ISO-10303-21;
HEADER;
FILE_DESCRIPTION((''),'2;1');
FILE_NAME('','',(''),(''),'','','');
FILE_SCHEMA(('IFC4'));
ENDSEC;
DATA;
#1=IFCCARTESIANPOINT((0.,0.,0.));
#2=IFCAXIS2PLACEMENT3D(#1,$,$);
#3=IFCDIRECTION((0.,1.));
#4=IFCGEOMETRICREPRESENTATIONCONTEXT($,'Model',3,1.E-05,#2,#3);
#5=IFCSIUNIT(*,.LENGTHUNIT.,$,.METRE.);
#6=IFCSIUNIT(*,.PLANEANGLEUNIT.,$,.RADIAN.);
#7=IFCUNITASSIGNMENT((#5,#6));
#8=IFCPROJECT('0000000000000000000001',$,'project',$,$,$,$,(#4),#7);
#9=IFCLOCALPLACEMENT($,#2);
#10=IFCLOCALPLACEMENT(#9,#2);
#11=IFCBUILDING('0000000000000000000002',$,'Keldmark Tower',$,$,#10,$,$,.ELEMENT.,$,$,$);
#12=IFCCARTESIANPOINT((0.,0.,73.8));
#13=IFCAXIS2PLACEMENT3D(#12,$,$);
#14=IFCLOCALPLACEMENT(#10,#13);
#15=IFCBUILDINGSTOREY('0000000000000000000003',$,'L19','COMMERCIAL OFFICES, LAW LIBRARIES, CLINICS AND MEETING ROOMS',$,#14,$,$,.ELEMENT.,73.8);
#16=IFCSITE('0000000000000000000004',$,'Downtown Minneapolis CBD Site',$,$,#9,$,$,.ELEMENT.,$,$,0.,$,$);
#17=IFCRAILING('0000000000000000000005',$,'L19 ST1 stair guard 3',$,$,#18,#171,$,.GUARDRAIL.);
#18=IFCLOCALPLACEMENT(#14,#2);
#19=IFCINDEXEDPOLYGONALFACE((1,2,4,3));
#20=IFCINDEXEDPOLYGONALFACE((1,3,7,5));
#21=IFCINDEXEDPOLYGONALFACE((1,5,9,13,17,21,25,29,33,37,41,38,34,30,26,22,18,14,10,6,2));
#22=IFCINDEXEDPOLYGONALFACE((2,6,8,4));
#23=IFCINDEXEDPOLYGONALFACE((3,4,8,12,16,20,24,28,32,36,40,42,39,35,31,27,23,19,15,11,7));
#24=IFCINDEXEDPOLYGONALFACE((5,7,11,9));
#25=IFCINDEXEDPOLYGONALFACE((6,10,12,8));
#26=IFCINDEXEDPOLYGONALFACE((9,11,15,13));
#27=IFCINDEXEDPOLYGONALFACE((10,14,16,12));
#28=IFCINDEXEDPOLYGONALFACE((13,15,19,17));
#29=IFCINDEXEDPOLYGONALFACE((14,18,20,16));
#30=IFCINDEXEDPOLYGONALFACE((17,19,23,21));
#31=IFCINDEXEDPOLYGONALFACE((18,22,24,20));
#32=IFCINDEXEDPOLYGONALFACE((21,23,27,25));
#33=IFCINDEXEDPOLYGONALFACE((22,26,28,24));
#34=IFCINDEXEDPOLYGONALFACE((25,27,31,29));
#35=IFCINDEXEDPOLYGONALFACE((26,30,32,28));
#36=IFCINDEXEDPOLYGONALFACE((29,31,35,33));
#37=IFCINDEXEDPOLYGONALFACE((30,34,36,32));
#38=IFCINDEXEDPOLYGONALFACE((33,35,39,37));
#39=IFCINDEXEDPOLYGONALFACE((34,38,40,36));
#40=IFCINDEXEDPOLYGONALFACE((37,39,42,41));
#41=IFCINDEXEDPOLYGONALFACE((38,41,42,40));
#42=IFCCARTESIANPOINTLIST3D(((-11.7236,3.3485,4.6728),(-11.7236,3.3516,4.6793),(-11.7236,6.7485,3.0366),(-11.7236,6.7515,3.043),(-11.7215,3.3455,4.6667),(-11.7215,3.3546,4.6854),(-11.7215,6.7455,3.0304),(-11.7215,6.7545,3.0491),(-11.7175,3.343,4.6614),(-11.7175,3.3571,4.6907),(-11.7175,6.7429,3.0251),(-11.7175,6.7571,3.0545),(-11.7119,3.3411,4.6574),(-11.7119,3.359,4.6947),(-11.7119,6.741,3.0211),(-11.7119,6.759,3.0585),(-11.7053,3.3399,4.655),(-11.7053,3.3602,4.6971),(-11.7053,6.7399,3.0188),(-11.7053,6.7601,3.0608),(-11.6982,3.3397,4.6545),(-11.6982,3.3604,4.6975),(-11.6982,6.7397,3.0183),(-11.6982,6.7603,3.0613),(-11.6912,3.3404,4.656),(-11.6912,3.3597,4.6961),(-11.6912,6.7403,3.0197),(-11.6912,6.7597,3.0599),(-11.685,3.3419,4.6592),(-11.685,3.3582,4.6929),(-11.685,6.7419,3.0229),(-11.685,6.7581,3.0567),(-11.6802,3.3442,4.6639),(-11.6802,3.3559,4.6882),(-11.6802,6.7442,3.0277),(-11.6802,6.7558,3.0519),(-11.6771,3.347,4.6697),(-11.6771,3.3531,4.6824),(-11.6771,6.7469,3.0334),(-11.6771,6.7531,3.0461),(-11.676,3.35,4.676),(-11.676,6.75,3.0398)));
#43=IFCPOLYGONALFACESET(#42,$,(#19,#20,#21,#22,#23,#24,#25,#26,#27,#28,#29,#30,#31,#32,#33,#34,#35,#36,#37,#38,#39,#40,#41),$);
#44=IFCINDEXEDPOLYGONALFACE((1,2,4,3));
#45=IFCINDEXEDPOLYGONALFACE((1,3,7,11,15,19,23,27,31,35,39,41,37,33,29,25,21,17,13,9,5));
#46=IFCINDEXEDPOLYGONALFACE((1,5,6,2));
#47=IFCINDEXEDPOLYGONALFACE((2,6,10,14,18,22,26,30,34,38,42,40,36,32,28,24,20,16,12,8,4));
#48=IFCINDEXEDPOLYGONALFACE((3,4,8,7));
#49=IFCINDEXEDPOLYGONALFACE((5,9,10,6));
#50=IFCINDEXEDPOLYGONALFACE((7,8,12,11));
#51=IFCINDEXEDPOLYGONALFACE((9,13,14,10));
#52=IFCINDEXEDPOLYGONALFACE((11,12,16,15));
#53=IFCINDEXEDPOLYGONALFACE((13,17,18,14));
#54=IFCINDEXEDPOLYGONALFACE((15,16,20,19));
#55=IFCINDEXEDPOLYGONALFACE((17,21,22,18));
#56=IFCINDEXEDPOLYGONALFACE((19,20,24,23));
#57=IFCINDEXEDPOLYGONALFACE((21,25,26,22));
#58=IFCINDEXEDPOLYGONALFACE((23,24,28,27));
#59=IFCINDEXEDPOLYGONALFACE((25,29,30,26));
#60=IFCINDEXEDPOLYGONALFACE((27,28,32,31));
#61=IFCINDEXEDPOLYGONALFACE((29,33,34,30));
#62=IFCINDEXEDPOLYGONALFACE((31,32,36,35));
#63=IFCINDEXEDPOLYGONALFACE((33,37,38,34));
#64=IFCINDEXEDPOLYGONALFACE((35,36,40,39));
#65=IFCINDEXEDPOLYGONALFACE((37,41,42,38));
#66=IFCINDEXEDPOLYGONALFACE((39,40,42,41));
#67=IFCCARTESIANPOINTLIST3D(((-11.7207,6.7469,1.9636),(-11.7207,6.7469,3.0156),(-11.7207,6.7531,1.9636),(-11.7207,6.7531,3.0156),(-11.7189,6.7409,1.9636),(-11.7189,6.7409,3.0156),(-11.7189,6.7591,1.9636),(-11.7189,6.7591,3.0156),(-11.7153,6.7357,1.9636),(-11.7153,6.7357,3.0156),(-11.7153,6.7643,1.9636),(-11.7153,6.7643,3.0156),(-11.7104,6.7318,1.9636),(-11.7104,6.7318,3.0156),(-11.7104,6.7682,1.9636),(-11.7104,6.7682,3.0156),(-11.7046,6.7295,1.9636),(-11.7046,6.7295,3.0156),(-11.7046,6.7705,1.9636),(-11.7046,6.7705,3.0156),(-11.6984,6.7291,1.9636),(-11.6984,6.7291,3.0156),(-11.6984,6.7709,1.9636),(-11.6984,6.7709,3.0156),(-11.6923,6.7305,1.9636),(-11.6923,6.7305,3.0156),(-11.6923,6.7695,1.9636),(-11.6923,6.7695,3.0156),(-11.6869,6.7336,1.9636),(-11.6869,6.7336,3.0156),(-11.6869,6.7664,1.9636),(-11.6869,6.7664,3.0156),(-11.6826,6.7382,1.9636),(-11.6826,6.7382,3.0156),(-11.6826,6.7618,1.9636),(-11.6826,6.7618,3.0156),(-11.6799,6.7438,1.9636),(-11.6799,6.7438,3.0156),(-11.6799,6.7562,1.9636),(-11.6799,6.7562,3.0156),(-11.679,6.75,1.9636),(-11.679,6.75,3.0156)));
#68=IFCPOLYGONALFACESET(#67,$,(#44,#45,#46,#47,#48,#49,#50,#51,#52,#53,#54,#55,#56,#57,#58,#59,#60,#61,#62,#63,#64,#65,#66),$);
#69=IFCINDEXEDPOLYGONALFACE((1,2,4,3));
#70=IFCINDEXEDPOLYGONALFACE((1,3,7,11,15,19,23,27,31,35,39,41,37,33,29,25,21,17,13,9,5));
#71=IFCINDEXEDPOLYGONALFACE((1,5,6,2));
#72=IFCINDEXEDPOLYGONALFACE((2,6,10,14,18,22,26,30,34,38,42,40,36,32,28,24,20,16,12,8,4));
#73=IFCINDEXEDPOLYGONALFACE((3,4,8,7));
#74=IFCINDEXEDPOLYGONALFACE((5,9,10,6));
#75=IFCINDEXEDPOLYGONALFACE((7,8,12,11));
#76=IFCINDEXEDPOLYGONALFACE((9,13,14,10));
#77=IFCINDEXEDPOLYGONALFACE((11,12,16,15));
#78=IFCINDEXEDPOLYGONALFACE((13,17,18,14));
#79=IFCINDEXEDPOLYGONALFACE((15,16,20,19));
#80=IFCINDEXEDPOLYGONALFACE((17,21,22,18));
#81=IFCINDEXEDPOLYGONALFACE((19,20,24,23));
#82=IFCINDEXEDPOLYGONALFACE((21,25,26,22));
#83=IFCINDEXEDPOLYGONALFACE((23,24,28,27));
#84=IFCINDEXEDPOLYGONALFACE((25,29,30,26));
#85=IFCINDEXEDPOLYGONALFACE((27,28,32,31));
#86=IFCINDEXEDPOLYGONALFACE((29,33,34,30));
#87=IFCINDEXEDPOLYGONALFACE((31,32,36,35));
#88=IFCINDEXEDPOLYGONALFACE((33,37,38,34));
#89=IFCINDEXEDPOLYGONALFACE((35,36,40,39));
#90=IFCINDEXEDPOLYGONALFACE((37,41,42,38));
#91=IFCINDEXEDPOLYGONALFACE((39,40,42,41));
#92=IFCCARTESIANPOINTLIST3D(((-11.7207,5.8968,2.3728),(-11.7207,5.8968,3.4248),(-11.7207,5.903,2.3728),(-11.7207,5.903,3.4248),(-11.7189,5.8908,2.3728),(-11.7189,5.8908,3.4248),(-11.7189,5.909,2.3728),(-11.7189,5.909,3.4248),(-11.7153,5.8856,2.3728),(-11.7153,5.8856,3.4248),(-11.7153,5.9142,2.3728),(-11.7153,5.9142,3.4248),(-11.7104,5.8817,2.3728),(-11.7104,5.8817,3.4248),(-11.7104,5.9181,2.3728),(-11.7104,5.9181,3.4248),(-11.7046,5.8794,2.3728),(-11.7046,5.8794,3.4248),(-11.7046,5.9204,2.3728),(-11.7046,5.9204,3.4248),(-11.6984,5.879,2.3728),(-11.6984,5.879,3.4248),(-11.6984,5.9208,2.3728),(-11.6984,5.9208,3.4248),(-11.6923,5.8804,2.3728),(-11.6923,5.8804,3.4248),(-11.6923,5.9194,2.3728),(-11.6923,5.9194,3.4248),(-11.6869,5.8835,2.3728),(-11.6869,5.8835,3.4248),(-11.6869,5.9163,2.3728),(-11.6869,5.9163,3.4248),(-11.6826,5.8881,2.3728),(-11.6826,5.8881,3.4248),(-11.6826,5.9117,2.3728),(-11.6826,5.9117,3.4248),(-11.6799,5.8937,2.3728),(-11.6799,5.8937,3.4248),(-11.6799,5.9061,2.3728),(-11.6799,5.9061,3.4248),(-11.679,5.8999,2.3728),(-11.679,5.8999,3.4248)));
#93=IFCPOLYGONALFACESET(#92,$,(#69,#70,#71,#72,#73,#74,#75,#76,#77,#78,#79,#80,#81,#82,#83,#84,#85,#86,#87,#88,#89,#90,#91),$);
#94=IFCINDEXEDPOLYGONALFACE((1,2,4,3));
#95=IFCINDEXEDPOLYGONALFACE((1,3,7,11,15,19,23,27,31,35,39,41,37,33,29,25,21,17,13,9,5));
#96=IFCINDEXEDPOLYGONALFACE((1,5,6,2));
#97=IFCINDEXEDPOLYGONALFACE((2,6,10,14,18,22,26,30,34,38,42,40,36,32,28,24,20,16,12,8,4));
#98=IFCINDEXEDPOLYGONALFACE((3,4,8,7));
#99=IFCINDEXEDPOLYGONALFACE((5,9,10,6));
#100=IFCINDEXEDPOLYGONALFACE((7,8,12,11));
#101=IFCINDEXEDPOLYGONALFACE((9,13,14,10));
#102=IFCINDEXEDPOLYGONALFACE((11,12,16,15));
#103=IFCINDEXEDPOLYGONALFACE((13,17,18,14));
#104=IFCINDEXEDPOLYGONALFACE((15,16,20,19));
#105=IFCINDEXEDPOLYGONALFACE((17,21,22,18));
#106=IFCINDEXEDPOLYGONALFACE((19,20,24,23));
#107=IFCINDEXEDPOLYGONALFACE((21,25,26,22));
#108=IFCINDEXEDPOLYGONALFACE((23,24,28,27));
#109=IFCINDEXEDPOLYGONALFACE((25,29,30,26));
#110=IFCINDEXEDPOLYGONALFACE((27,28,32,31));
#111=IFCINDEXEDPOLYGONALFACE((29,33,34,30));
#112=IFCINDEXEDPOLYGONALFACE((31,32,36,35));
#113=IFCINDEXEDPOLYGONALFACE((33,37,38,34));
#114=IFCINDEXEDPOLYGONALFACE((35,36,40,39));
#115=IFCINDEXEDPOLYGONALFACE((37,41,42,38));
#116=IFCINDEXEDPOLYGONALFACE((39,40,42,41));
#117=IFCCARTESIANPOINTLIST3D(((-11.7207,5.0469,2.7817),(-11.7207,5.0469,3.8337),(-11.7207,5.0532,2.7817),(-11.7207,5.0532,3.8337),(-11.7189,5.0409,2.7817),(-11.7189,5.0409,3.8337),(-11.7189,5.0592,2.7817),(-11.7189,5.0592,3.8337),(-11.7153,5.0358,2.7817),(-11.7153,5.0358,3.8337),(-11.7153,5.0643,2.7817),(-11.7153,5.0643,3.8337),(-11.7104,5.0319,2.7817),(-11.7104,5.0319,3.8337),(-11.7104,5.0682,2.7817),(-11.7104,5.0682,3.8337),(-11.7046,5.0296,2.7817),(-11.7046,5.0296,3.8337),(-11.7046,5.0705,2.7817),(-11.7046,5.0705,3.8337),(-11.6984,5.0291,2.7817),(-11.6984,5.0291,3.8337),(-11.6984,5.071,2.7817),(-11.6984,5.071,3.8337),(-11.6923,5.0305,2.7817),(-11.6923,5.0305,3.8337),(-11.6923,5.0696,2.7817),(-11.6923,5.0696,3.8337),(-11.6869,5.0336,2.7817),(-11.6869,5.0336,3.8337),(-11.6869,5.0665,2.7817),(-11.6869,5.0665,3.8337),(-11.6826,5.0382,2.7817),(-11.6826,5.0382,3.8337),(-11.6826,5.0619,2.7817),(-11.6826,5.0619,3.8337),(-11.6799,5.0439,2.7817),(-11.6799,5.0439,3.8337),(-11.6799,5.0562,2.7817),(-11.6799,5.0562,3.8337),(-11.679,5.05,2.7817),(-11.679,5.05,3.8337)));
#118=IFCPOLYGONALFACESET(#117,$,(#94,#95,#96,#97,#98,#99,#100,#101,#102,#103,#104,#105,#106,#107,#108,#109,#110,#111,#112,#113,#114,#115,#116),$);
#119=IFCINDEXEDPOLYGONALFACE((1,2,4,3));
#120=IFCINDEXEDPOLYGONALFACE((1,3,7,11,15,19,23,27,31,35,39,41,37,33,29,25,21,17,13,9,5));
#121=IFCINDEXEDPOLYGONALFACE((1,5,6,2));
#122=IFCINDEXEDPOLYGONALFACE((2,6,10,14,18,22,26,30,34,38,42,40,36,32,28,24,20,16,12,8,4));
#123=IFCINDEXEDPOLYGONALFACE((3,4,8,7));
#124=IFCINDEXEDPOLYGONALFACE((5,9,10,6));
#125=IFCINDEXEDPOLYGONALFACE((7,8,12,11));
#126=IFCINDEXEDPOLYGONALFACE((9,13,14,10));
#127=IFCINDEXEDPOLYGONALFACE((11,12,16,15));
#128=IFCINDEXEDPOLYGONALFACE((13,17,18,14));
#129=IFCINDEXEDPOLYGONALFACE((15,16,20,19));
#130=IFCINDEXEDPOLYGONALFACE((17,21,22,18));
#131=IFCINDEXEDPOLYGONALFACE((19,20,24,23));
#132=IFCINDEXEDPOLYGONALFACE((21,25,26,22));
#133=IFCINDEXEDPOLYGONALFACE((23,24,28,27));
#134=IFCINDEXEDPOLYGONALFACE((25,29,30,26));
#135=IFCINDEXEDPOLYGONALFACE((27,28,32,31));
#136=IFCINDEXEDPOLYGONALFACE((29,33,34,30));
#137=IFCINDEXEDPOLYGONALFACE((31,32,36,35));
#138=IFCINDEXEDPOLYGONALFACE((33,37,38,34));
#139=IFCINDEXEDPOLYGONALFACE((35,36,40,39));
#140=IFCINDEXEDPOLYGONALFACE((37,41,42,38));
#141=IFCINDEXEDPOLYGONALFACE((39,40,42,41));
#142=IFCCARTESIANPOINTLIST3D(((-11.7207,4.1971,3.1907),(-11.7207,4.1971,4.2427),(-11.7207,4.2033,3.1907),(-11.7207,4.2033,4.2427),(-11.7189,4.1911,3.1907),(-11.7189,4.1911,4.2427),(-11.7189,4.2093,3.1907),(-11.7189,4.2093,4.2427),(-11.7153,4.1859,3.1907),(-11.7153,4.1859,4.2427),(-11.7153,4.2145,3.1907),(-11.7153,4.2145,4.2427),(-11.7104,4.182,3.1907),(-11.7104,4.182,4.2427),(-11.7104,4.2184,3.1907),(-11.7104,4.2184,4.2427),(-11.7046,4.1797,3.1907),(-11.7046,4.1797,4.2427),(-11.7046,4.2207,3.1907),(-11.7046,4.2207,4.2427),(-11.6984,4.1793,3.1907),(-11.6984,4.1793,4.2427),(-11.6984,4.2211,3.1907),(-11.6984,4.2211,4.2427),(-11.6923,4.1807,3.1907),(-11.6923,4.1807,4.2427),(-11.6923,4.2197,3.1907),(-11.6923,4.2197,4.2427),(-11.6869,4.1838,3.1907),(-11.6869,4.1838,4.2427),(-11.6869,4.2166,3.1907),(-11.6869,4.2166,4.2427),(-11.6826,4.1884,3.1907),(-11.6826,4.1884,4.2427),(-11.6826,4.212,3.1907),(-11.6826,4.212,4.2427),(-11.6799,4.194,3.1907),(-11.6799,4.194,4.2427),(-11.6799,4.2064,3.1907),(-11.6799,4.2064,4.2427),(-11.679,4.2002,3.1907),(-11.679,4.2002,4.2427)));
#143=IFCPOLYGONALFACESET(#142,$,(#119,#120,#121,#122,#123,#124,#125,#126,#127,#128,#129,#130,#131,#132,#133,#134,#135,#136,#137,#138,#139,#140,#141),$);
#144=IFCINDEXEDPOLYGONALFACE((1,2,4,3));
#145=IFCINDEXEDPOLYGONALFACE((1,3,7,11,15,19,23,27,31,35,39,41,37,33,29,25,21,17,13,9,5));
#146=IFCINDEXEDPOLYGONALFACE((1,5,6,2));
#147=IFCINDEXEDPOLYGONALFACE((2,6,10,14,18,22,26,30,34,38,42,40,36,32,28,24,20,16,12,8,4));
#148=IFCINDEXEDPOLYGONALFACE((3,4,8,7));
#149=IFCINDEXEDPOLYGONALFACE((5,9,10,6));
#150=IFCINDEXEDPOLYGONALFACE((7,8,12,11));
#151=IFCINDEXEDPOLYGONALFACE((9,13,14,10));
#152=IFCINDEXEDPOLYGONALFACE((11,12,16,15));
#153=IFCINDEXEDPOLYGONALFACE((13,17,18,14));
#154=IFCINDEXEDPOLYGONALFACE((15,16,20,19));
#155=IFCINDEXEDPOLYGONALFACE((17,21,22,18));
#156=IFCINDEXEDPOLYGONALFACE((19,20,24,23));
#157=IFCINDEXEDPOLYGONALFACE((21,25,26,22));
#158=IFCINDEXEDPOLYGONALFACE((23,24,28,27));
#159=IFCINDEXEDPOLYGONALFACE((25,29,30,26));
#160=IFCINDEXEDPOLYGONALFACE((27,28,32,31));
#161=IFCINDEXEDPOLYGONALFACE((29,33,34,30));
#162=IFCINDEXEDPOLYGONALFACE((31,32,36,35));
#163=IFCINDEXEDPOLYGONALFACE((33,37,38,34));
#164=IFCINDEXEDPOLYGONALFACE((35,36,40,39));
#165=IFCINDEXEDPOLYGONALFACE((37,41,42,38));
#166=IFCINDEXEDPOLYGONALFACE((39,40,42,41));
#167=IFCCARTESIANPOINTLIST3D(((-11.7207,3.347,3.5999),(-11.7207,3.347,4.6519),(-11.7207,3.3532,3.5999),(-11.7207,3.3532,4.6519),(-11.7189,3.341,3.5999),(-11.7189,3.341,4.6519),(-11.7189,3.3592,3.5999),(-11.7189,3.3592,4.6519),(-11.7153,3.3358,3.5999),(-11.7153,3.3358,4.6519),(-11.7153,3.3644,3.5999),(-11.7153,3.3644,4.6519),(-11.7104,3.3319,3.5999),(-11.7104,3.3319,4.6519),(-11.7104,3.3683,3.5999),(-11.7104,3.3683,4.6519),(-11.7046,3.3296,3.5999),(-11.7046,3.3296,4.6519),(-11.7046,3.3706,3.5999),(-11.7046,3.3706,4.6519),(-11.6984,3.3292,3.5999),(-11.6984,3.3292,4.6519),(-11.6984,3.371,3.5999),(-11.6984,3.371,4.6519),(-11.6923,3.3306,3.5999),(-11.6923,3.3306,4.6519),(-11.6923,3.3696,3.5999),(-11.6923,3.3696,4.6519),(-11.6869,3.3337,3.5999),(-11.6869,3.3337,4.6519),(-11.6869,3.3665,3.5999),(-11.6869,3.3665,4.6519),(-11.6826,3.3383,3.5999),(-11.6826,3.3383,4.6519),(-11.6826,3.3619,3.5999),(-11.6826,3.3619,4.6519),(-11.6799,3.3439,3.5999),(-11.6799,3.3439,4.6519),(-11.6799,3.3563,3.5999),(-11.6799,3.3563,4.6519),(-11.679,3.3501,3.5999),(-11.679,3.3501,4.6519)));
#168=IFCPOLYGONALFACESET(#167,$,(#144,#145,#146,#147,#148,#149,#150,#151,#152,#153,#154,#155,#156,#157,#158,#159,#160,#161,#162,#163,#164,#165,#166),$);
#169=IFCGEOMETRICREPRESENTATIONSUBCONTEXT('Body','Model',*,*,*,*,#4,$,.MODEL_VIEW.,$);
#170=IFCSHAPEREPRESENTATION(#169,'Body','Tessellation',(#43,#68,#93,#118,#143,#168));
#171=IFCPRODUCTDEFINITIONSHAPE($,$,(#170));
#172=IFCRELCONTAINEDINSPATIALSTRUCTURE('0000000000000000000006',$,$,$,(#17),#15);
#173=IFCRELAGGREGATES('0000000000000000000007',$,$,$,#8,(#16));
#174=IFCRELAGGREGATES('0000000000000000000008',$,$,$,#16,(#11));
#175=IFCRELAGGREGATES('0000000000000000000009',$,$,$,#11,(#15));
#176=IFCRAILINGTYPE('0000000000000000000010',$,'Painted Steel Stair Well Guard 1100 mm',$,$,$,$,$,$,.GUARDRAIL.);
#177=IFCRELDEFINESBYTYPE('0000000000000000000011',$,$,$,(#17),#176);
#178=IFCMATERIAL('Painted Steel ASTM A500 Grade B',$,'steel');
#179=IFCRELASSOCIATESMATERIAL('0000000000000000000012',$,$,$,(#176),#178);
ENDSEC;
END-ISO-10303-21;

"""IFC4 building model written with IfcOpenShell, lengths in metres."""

from ifc_helpers import new_model, si_unit, direction, frame, origin, origin_2d, place, context, subcontext, project, spatial, circle, extrude, material, type_object, element, save


model = new_model("IFC4")

# Units and contexts
model_context = context("Model", 3, precision=1e-05, world=origin(), true_north=direction((0.0, 1.0)))
body_context = subcontext(model_context, "Body", "Model", "MODEL_VIEW")
ifc_project = project(units=[si_unit("LENGTHUNIT", "METRE"), si_unit("PLANEANGLEUNIT", "RADIAN")], contexts=[model_context])

# Site, building, storey
site_placement = place(None, origin())
site = spatial("IfcSite", under=ifc_project, at=site_placement, Name="Downtown Minneapolis CBD Site", CompositionType="ELEMENT", RefElevation=0.0)
building_placement = place(site_placement, origin())
building = spatial("IfcBuilding", under=site, at=building_placement, Name="Keldmark Tower", CompositionType="ELEMENT")
storey_placement = place(building_placement, frame((0.0, 0.0, 73.8)))
storey = spatial("IfcBuildingStorey", under=building, at=storey_placement, Name="L19", Description="COMMERCIAL OFFICES, LAW LIBRARIES, CLINICS AND MEETING ROOMS", CompositionType="ELEMENT", Elevation=73.8)

# Railing
ifc_material_1 = material(Name="Painted Steel ASTM A500 Grade B", Category="steel")
railing_type_1 = type_object("IfcRailingType", Name="Painted Steel Stair Well Guard 1100 mm", PredefinedType="GUARDRAIL", material=ifc_material_1)
railing_1_placement = place(storey_placement, frame((-11.7, 6.75, 1.9636)))
element("IfcRailing", 1, at=railing_1_placement, inside=storey, type_object=railing_type_1, Name="L19 ST1 stair guard 3", PredefinedType="GUARDRAIL", context=body_context, shape_type="SweptSolid", body=[
    extrude(circle(Radius=0.0239, at=origin_2d()), frame((0.0, 0.0, 1.0762), z_axis=(0.0, -0.90108, 0.433652), x_axis=(1.0, 0.0, 0.0)), (0.0, 0.0, 1.0), 3.7732),
    extrude(circle(Radius=0.021, at=origin_2d()), origin(), (0.0, 0.0, 1.0), 1.052),
    extrude(circle(Radius=0.021, at=origin_2d()), frame((0.0, -0.8501, 0.4092)), (0.0, 0.0, 1.0), 1.052),
    extrude(circle(Radius=0.021, at=origin_2d()), frame((0.0, -1.7, 0.8181)), (0.0, 0.0, 1.0), 1.052),
    extrude(circle(Radius=0.021, at=origin_2d()), frame((0.0, -2.5498, 1.2271)), (0.0, 0.0, 1.0), 1.052),
    extrude(circle(Radius=0.021, at=origin_2d()), frame((0.0, -3.3999, 1.6362)), (0.0, 0.0, 1.0), 1.052),
])

save(model, "model.ifc")
